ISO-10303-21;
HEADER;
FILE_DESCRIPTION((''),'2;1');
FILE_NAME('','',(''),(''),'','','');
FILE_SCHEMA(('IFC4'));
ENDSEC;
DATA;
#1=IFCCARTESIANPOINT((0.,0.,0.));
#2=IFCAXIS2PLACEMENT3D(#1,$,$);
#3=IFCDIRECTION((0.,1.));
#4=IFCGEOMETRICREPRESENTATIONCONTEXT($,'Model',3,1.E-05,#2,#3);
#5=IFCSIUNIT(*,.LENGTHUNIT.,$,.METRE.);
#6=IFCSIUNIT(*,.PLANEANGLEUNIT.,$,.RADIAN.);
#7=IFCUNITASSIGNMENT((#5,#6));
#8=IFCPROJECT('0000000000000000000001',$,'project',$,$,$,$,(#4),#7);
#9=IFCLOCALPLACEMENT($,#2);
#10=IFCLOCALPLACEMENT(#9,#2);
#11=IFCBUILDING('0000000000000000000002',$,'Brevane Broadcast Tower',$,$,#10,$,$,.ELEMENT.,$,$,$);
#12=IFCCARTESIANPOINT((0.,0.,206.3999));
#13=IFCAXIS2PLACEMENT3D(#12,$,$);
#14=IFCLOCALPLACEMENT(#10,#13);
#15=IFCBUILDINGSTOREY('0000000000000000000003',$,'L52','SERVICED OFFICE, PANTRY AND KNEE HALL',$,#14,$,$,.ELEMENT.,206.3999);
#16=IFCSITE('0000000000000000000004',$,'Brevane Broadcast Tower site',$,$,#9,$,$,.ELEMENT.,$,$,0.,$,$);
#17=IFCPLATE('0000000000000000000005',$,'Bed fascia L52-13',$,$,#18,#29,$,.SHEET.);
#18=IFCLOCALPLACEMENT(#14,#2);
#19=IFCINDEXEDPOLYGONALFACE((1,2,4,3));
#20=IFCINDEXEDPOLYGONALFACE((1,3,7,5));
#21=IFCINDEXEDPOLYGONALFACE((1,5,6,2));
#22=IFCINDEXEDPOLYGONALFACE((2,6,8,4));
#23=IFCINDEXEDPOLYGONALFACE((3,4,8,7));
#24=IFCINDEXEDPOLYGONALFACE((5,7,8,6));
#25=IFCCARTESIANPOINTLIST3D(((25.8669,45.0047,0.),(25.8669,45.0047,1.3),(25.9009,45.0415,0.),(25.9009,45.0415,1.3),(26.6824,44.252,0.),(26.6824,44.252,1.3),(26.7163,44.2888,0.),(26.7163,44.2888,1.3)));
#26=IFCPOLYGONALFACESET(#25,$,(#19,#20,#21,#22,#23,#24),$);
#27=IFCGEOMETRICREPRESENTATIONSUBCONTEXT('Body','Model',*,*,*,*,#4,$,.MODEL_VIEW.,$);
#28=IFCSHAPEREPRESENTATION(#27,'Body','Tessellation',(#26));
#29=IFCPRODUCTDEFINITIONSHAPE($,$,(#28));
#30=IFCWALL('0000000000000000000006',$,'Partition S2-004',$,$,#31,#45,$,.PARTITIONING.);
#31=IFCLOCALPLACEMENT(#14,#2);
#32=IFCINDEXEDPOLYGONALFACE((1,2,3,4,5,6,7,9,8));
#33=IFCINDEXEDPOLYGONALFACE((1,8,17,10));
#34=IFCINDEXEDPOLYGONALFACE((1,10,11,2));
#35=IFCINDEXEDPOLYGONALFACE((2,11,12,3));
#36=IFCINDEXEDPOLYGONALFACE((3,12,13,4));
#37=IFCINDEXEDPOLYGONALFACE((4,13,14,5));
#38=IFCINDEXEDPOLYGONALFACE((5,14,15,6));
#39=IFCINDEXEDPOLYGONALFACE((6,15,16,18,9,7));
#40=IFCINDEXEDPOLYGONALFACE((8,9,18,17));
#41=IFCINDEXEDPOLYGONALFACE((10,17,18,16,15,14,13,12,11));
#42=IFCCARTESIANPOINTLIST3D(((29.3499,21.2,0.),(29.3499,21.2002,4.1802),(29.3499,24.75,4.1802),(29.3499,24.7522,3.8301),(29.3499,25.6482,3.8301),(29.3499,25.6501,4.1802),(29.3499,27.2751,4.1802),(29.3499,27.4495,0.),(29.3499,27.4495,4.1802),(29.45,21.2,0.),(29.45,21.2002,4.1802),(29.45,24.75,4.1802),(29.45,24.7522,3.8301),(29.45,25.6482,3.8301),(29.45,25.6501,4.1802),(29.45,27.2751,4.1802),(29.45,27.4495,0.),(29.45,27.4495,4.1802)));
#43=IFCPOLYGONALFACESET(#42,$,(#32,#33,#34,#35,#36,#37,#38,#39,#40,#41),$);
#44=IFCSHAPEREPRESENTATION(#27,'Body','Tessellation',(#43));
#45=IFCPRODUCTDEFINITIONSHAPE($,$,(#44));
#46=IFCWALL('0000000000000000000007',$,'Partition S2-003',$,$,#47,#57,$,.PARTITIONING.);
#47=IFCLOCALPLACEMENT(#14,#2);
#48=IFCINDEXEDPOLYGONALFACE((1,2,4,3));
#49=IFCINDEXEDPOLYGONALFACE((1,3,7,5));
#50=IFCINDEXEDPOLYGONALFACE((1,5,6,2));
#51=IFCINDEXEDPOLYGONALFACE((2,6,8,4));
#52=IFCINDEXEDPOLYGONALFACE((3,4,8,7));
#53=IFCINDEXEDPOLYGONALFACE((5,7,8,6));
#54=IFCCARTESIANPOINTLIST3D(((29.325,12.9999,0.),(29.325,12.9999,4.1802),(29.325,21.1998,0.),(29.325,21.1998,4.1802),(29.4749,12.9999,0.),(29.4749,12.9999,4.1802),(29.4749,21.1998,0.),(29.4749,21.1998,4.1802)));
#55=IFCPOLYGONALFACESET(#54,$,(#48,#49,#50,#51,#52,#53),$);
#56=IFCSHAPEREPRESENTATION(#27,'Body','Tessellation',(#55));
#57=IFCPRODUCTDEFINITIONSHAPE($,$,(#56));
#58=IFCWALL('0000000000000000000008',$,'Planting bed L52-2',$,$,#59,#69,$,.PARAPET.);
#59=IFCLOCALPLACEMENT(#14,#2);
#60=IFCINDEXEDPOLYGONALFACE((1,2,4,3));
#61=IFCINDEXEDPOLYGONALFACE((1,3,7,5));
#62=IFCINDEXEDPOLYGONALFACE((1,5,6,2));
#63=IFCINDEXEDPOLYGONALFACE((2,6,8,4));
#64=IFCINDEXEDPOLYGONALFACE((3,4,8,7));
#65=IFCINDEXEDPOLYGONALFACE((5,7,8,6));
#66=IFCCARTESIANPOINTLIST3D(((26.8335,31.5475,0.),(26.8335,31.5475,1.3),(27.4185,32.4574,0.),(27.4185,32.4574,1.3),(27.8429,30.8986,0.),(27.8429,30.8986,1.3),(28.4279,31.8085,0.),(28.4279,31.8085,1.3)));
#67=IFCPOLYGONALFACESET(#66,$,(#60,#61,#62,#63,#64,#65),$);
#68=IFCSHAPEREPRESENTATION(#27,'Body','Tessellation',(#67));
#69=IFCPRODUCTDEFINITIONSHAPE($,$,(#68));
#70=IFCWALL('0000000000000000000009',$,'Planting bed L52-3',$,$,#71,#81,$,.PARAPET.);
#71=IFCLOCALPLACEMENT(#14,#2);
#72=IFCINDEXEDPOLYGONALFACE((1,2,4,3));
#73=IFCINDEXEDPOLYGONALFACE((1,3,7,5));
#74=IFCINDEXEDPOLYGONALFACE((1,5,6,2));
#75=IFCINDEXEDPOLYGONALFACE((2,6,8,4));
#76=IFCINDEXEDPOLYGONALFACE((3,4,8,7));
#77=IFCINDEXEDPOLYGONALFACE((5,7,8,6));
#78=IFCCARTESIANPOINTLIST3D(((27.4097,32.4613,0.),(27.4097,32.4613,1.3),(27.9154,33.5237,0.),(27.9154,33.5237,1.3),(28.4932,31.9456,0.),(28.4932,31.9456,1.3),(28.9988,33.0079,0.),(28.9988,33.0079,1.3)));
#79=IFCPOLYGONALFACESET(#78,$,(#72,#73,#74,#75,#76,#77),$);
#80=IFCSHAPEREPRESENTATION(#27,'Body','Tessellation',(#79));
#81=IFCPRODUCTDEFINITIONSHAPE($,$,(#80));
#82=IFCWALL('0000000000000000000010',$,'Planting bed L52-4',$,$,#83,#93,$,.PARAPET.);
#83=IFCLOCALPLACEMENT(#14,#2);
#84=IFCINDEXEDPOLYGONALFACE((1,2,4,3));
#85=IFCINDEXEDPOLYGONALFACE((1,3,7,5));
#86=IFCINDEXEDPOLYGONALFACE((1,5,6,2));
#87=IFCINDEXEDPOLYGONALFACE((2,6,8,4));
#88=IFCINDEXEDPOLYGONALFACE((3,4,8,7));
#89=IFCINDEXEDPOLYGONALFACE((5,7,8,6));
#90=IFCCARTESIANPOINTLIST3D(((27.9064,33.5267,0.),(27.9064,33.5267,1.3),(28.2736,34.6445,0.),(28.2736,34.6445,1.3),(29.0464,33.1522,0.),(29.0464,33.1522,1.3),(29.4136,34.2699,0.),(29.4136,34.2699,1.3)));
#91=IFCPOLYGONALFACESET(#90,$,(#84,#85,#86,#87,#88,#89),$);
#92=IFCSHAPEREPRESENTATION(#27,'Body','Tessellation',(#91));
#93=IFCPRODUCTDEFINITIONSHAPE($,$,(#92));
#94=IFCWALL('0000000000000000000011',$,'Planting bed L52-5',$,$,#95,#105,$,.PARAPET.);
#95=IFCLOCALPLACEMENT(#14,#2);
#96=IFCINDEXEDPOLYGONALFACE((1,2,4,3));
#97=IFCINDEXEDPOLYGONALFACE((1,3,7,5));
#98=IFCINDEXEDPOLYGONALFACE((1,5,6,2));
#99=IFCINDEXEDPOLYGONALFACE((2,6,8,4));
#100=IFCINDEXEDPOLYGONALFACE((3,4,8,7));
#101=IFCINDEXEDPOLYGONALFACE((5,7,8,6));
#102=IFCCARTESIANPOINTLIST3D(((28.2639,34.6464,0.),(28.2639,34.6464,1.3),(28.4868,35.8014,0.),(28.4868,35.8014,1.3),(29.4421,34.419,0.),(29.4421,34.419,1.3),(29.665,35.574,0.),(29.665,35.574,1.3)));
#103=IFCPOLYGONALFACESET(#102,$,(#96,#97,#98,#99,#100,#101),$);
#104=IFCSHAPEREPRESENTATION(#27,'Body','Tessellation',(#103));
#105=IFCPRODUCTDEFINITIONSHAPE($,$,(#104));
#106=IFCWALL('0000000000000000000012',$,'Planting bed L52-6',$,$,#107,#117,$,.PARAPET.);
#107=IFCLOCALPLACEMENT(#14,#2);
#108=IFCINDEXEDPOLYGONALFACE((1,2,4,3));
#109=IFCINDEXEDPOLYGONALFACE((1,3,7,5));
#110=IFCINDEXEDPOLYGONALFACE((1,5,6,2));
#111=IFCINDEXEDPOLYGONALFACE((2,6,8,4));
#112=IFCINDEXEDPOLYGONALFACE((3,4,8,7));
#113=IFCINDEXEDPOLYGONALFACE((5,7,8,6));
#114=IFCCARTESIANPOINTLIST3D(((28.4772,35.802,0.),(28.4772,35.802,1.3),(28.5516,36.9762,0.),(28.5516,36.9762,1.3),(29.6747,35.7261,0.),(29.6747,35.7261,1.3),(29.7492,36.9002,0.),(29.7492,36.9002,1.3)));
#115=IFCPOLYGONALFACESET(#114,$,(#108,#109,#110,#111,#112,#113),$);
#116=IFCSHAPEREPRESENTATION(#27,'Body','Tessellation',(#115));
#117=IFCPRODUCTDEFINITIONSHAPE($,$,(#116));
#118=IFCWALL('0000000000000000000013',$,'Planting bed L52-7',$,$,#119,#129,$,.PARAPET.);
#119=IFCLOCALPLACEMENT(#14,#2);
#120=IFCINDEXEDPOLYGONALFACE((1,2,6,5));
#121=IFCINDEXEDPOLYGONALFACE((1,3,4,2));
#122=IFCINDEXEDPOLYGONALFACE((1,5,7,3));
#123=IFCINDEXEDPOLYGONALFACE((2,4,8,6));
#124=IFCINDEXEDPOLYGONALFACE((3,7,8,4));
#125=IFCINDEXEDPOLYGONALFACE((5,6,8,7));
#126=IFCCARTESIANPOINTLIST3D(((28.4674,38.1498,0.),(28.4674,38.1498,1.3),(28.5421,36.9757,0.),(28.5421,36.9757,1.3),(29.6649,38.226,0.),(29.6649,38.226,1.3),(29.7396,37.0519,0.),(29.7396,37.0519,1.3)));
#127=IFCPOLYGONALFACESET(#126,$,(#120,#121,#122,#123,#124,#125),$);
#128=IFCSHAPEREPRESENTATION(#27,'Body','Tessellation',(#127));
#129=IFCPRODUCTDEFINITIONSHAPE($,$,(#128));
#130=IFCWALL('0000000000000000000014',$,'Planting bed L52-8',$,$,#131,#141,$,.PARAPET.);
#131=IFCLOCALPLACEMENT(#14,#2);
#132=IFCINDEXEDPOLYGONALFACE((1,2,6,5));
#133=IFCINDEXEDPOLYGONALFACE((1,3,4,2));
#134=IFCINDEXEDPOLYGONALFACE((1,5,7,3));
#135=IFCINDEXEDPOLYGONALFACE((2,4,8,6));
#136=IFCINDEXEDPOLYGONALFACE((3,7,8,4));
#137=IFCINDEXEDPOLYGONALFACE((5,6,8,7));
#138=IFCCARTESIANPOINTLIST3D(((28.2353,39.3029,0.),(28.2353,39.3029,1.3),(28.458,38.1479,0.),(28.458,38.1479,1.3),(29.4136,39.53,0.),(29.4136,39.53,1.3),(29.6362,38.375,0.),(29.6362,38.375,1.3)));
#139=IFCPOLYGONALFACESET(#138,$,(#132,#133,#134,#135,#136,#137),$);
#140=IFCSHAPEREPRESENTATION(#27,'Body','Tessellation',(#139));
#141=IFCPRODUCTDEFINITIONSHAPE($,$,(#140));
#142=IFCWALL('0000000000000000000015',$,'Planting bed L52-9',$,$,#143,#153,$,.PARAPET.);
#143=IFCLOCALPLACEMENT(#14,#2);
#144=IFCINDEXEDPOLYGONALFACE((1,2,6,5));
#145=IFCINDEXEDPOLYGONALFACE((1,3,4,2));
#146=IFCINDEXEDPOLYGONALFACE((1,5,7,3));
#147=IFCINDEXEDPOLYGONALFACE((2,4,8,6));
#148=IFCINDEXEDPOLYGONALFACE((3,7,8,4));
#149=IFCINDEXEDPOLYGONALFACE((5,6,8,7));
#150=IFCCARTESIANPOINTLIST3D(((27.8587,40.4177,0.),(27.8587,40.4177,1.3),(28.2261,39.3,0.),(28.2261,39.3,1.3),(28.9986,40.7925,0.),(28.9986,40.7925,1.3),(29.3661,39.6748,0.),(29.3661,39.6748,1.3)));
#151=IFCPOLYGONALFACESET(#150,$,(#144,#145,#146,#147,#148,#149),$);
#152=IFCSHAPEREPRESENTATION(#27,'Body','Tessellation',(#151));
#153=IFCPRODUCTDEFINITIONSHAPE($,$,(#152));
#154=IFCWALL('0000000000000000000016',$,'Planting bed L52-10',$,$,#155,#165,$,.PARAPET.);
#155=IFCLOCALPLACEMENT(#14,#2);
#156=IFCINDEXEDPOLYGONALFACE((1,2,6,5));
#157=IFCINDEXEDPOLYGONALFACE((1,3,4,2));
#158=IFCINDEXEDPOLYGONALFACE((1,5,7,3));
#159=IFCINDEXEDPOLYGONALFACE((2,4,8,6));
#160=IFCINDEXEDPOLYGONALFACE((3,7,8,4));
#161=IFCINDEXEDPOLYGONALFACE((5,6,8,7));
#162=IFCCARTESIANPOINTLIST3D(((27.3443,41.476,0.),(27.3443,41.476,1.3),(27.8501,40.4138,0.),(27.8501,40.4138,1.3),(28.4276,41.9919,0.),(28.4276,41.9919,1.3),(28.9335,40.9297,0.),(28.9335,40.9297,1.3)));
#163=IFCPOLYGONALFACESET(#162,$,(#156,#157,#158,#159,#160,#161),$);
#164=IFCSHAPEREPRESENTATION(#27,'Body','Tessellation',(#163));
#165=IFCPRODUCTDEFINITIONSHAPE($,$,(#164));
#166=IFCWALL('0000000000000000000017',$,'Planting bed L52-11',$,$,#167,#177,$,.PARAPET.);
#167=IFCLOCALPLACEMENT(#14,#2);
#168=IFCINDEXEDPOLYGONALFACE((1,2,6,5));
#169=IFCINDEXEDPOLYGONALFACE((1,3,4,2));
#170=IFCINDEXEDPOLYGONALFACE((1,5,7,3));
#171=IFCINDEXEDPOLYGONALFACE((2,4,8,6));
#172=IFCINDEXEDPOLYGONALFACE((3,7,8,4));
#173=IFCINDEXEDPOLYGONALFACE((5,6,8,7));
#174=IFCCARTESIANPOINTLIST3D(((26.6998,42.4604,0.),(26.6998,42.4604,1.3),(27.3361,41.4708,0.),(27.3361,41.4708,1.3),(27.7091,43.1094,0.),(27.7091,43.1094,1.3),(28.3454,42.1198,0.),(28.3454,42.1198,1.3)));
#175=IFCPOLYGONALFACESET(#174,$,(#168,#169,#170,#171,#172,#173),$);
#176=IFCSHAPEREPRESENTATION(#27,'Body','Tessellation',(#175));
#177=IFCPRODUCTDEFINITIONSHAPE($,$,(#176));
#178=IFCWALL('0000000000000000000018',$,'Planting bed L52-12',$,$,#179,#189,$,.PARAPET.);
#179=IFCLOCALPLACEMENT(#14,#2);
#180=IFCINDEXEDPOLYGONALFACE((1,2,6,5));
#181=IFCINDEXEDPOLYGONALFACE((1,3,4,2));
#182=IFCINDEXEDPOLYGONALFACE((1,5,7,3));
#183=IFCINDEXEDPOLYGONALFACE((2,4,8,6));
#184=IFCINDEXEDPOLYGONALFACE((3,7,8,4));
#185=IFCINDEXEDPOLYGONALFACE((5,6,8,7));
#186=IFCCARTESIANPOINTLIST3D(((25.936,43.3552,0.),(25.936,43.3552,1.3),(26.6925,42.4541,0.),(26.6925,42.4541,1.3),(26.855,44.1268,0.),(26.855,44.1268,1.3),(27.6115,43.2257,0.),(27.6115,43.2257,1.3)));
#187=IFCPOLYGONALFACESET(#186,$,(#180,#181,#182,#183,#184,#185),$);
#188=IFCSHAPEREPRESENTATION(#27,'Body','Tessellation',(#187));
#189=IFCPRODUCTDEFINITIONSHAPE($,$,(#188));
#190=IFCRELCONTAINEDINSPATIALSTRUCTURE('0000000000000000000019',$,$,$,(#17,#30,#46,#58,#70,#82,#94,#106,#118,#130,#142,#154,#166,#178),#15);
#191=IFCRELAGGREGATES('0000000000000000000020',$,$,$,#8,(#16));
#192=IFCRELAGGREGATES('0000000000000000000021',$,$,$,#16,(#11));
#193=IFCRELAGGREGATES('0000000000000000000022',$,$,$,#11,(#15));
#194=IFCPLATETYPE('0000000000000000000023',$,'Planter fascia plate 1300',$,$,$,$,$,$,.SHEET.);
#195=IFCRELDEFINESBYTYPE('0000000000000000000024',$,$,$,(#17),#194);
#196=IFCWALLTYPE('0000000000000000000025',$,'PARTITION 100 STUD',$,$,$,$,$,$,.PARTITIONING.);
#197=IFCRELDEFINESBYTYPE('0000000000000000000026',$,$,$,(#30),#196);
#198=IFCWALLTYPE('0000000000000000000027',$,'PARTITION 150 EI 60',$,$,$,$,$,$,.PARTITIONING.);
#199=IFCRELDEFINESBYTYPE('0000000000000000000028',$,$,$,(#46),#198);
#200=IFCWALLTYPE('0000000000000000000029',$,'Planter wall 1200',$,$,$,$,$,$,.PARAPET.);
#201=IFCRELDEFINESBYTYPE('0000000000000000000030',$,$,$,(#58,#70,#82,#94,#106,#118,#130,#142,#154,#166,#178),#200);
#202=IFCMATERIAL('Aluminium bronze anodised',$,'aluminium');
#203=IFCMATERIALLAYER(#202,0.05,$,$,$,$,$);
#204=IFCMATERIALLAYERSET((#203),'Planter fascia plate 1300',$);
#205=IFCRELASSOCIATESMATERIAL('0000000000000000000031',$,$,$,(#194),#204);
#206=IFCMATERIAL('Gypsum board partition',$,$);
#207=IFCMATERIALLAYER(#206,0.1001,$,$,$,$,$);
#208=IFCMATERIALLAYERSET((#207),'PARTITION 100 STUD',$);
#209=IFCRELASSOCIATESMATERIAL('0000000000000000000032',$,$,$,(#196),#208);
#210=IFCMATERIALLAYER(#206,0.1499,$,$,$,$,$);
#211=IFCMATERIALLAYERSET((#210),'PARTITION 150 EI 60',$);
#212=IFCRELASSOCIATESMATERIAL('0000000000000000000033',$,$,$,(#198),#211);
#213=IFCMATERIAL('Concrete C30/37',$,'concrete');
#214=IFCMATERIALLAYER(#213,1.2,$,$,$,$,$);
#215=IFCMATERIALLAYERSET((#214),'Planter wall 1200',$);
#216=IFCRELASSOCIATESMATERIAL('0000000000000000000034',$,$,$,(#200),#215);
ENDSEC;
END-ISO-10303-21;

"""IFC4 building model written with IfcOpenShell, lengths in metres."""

from ifc_helpers import new_model, si_unit, direction, frame, frame_2d, origin, place, context, subcontext, project, spatial, polyline, rectangle, outline, extrude, material, layer, layer_set, type_object, element, save


model = new_model("IFC4")

# Units and contexts
model_context = context("Model", 3, precision=1e-05, world=origin(), true_north=direction((0.0, 1.0)))
body_context = subcontext(model_context, "Body", "Model", "MODEL_VIEW")
ifc_project = project(units=[si_unit("LENGTHUNIT", "METRE"), si_unit("PLANEANGLEUNIT", "RADIAN")], contexts=[model_context])

# Site, building, storey
site_placement = place(None, origin())
site = spatial("IfcSite", under=ifc_project, at=site_placement, Name="Brevane Broadcast Tower site", CompositionType="ELEMENT", RefElevation=0.0)
building_placement = place(site_placement, origin())
building = spatial("IfcBuilding", under=site, at=building_placement, Name="Brevane Broadcast Tower", CompositionType="ELEMENT")
storey_placement = place(building_placement, frame((0.0, 0.0, 206.3999)))
storey = spatial("IfcBuildingStorey", under=building, at=storey_placement, Name="L52", Description="SERVICED OFFICE, PANTRY AND KNEE HALL", CompositionType="ELEMENT", Elevation=206.3999)

# Plate
ifc_material_1 = material(Name="Aluminium bronze anodised", Category="aluminium")
ifc_layer_1 = layer(ifc_material_1, 0.05)
ifc_layer_set_1 = layer_set([ifc_layer_1], Name="Planter fascia plate 1300")
plate_type = type_object("IfcPlateType", Name="Planter fascia plate 1300", PredefinedType="SHEET", material=ifc_layer_set_1)
plate_1_placement = place(storey_placement, frame((26.7163, 44.2888, 0.0), z_axis=(0.678271, 0.734812, 0.0), x_axis=(-0.734812, 0.678271, 0.0)))
element("IfcPlate", 1, at=plate_1_placement, inside=storey, type_object=plate_type, Name="Bed fascia L52-13", PredefinedType="SHEET", context=body_context, shape_type="SweptSolid", body=[
    extrude(outline(polyline([(0.0, 0.0), (1.1097, 0.0), (1.1097, 1.3), (0.0, 1.3), (0.0, 0.0)])), origin(), (0.0, 0.0, -1.0), 0.05),
])

# Walls
ifc_material_2 = material(Name="Gypsum board partition")
ifc_layer_2 = layer(ifc_material_2, 0.1001)
ifc_layer_set_2 = layer_set([ifc_layer_2], Name="PARTITION 100 STUD")
wall_type_1 = type_object("IfcWallType", Name="PARTITION 100 STUD", PredefinedType="PARTITIONING", material=ifc_layer_set_2)
wall_1_placement = place(storey_placement, frame((29.3999, 27.4495, 0.0), z_axis=(0.0, 0.0, 1.0), x_axis=(0.0, -1.0, 0.0)))
element("IfcWall", 2, at=wall_1_placement, inside=storey, type_object=wall_type_1, Name="Partition S2-004", PredefinedType="PARTITIONING", context=body_context, shape_type="SweptSolid", body=[
    extrude(outline(polyline([(0.0, 0.0), (6.2495, 0.0), (6.2493, 4.1802), (2.6995, 4.1802), (2.6973, 3.8301), (1.8013, 3.8301), (1.7993, 4.1802), (0.1743, 4.1802), (0.0, 4.1802), (0.0, 0.0)])), frame((0.0, 0.05, 0.0), z_axis=(0.0, -1.0, 0.0), x_axis=(1.0, 0.0, 0.0)), (0.0, 0.0, 1.0), 0.1001),
])
ifc_layer_3 = layer(ifc_material_2, 0.1499)
ifc_layer_set_3 = layer_set([ifc_layer_3], Name="PARTITION 150 EI 60")
wall_type_2 = type_object("IfcWallType", Name="PARTITION 150 EI 60", PredefinedType="PARTITIONING", material=ifc_layer_set_3)
wall_2_placement = place(storey_placement, frame((29.3999, 21.2, 0.0), z_axis=(0.0, 0.0, 1.0), x_axis=(0.0, -1.0, 0.0)))
element("IfcWall", 3, at=wall_2_placement, inside=storey, type_object=wall_type_2, Name="Partition S2-003", PredefinedType="PARTITIONING", context=body_context, shape_type="SweptSolid", body=[
    extrude(rectangle(XDim=8.2, YDim=0.1499, at=frame_2d((4.1001, 0.0))), origin(), (0.0, 0.0, 1.0), 4.1802),
])
ifc_material_3 = material(Name="Concrete C30/37", Category="concrete")
ifc_layer_4 = layer(ifc_material_3, 1.2)
ifc_layer_set_4 = layer_set([ifc_layer_4], Name="Planter wall 1200")
wall_type_3 = type_object("IfcWallType", Name="Planter wall 1200", PredefinedType="PARAPET", material=ifc_layer_set_4)
wall_3_placement = place(storey_placement, frame((27.3381, 31.2229, 0.0), z_axis=(0.0, 0.0, 1.0), x_axis=(0.540769, 0.841171, 0.0)))
element("IfcWall", 4, at=wall_3_placement, inside=storey, type_object=wall_type_3, Name="Planting bed L52-2", PredefinedType="PARAPET", context=body_context, shape_type="SweptSolid", body=[
    extrude(rectangle(XDim=1.0818, YDim=1.2, at=frame_2d((0.541, 0.0))), origin(), (0.0, 0.0, 1.0), 1.3),
])
for number, where, z_axis, x_axis, name in (
    (5, (27.9514, 32.2034, 0.0), (0.0, 0.0, 1.0), (0.429781, 0.902933, 0.0), "Planting bed L52-3"),
    (6, (28.4763, 33.3394, 0.0), (0.0, 0.0, 1.0), (0.312116, 0.950044, 0.0), "Planting bed L52-4"),
):
    element("IfcWall", number, at=place(storey_placement, frame(where, z_axis=z_axis, x_axis=x_axis)), inside=storey, type_object=wall_type_3, Name=name, PredefinedType="PARAPET", context=body_context, shape_type="SweptSolid", body=[
        extrude(rectangle(XDim=1.1765, YDim=1.2, at=frame_2d((0.5884, 0.0))), origin(), (0.0, 0.0, 1.0), 1.3),
    ])
wall_4_placement = place(storey_placement, frame((28.853, 34.5327, 0.0), z_axis=(0.0, 0.0, 1.0), x_axis=(0.189486, 0.981883, 0.0)))
element("IfcWall", 7, at=wall_4_placement, inside=storey, type_object=wall_type_3, Name="Planting bed L52-5", PredefinedType="PARAPET", context=body_context, shape_type="SweptSolid", body=[
    extrude(rectangle(XDim=1.1763, YDim=1.2, at=frame_2d((0.5881, 0.0))), origin(), (0.0, 0.0, 1.0), 1.3),
])
for number, where, z_axis, x_axis, name in (
    (8, (29.0759, 35.7639, 0.0), (0.0, 0.0, 1.0), (0.063296, 0.997995, 0.0), "Planting bed L52-6"),
    (9, (29.1409, 37.0137, 0.0), (0.0, 0.0, 1.0), (-0.063502, 0.997982, 0.0), "Planting bed L52-7"),
):
    element("IfcWall", number, at=place(storey_placement, frame(where, z_axis=z_axis, x_axis=x_axis)), inside=storey, type_object=wall_type_3, Name=name, PredefinedType="PARAPET", context=body_context, shape_type="SweptSolid", body=[
        extrude(rectangle(XDim=1.1765, YDim=1.2, at=frame_2d((0.5884, 0.0))), origin(), (0.0, 0.0, 1.0), 1.3),
    ])
wall_5_placement = place(storey_placement, frame((29.0471, 38.2615, 0.0), z_axis=(0.0, 0.0, 1.0), x_axis=(-0.189286, 0.981922, 0.0)))
element("IfcWall", 10, at=wall_5_placement, inside=storey, type_object=wall_type_3, Name="Planting bed L52-8", PredefinedType="PARAPET", context=body_context, shape_type="SweptSolid", body=[
    extrude(rectangle(XDim=1.1763, YDim=1.2, at=frame_2d((0.5881, 0.0))), origin(), (0.0, 0.0, 1.0), 1.3),
])
for number, where, z_axis, x_axis, name in (
    (11, (28.7961, 39.4873, 0.0), (0.0, 0.0, 1.0), (-0.312303, 0.949983, 0.0), "Planting bed L52-9"),
    (12, (28.3918, 40.6716, 0.0), (0.0, 0.0, 1.0), (-0.42995, 0.902853, 0.0), "Planting bed L52-10"),
    (13, (27.8408, 41.7952, 0.0), (0.0, 0.0, 1.0), (-0.540831, 0.841131, 0.0), "Planting bed L52-11"),
    (14, (27.1521, 42.8398, 0.0), (0.0, 0.0, 1.0), (-0.643017, 0.765852, 0.0), "Planting bed L52-12"),
):
    element("IfcWall", number, at=place(storey_placement, frame(where, z_axis=z_axis, x_axis=x_axis)), inside=storey, type_object=wall_type_3, Name=name, PredefinedType="PARAPET", context=body_context, shape_type="SweptSolid", body=[
        extrude(rectangle(XDim=1.1765, YDim=1.2, at=frame_2d((0.5884, 0.0))), origin(), (0.0, 0.0, 1.0), 1.3),
    ])

save(model, "model.ifc")
